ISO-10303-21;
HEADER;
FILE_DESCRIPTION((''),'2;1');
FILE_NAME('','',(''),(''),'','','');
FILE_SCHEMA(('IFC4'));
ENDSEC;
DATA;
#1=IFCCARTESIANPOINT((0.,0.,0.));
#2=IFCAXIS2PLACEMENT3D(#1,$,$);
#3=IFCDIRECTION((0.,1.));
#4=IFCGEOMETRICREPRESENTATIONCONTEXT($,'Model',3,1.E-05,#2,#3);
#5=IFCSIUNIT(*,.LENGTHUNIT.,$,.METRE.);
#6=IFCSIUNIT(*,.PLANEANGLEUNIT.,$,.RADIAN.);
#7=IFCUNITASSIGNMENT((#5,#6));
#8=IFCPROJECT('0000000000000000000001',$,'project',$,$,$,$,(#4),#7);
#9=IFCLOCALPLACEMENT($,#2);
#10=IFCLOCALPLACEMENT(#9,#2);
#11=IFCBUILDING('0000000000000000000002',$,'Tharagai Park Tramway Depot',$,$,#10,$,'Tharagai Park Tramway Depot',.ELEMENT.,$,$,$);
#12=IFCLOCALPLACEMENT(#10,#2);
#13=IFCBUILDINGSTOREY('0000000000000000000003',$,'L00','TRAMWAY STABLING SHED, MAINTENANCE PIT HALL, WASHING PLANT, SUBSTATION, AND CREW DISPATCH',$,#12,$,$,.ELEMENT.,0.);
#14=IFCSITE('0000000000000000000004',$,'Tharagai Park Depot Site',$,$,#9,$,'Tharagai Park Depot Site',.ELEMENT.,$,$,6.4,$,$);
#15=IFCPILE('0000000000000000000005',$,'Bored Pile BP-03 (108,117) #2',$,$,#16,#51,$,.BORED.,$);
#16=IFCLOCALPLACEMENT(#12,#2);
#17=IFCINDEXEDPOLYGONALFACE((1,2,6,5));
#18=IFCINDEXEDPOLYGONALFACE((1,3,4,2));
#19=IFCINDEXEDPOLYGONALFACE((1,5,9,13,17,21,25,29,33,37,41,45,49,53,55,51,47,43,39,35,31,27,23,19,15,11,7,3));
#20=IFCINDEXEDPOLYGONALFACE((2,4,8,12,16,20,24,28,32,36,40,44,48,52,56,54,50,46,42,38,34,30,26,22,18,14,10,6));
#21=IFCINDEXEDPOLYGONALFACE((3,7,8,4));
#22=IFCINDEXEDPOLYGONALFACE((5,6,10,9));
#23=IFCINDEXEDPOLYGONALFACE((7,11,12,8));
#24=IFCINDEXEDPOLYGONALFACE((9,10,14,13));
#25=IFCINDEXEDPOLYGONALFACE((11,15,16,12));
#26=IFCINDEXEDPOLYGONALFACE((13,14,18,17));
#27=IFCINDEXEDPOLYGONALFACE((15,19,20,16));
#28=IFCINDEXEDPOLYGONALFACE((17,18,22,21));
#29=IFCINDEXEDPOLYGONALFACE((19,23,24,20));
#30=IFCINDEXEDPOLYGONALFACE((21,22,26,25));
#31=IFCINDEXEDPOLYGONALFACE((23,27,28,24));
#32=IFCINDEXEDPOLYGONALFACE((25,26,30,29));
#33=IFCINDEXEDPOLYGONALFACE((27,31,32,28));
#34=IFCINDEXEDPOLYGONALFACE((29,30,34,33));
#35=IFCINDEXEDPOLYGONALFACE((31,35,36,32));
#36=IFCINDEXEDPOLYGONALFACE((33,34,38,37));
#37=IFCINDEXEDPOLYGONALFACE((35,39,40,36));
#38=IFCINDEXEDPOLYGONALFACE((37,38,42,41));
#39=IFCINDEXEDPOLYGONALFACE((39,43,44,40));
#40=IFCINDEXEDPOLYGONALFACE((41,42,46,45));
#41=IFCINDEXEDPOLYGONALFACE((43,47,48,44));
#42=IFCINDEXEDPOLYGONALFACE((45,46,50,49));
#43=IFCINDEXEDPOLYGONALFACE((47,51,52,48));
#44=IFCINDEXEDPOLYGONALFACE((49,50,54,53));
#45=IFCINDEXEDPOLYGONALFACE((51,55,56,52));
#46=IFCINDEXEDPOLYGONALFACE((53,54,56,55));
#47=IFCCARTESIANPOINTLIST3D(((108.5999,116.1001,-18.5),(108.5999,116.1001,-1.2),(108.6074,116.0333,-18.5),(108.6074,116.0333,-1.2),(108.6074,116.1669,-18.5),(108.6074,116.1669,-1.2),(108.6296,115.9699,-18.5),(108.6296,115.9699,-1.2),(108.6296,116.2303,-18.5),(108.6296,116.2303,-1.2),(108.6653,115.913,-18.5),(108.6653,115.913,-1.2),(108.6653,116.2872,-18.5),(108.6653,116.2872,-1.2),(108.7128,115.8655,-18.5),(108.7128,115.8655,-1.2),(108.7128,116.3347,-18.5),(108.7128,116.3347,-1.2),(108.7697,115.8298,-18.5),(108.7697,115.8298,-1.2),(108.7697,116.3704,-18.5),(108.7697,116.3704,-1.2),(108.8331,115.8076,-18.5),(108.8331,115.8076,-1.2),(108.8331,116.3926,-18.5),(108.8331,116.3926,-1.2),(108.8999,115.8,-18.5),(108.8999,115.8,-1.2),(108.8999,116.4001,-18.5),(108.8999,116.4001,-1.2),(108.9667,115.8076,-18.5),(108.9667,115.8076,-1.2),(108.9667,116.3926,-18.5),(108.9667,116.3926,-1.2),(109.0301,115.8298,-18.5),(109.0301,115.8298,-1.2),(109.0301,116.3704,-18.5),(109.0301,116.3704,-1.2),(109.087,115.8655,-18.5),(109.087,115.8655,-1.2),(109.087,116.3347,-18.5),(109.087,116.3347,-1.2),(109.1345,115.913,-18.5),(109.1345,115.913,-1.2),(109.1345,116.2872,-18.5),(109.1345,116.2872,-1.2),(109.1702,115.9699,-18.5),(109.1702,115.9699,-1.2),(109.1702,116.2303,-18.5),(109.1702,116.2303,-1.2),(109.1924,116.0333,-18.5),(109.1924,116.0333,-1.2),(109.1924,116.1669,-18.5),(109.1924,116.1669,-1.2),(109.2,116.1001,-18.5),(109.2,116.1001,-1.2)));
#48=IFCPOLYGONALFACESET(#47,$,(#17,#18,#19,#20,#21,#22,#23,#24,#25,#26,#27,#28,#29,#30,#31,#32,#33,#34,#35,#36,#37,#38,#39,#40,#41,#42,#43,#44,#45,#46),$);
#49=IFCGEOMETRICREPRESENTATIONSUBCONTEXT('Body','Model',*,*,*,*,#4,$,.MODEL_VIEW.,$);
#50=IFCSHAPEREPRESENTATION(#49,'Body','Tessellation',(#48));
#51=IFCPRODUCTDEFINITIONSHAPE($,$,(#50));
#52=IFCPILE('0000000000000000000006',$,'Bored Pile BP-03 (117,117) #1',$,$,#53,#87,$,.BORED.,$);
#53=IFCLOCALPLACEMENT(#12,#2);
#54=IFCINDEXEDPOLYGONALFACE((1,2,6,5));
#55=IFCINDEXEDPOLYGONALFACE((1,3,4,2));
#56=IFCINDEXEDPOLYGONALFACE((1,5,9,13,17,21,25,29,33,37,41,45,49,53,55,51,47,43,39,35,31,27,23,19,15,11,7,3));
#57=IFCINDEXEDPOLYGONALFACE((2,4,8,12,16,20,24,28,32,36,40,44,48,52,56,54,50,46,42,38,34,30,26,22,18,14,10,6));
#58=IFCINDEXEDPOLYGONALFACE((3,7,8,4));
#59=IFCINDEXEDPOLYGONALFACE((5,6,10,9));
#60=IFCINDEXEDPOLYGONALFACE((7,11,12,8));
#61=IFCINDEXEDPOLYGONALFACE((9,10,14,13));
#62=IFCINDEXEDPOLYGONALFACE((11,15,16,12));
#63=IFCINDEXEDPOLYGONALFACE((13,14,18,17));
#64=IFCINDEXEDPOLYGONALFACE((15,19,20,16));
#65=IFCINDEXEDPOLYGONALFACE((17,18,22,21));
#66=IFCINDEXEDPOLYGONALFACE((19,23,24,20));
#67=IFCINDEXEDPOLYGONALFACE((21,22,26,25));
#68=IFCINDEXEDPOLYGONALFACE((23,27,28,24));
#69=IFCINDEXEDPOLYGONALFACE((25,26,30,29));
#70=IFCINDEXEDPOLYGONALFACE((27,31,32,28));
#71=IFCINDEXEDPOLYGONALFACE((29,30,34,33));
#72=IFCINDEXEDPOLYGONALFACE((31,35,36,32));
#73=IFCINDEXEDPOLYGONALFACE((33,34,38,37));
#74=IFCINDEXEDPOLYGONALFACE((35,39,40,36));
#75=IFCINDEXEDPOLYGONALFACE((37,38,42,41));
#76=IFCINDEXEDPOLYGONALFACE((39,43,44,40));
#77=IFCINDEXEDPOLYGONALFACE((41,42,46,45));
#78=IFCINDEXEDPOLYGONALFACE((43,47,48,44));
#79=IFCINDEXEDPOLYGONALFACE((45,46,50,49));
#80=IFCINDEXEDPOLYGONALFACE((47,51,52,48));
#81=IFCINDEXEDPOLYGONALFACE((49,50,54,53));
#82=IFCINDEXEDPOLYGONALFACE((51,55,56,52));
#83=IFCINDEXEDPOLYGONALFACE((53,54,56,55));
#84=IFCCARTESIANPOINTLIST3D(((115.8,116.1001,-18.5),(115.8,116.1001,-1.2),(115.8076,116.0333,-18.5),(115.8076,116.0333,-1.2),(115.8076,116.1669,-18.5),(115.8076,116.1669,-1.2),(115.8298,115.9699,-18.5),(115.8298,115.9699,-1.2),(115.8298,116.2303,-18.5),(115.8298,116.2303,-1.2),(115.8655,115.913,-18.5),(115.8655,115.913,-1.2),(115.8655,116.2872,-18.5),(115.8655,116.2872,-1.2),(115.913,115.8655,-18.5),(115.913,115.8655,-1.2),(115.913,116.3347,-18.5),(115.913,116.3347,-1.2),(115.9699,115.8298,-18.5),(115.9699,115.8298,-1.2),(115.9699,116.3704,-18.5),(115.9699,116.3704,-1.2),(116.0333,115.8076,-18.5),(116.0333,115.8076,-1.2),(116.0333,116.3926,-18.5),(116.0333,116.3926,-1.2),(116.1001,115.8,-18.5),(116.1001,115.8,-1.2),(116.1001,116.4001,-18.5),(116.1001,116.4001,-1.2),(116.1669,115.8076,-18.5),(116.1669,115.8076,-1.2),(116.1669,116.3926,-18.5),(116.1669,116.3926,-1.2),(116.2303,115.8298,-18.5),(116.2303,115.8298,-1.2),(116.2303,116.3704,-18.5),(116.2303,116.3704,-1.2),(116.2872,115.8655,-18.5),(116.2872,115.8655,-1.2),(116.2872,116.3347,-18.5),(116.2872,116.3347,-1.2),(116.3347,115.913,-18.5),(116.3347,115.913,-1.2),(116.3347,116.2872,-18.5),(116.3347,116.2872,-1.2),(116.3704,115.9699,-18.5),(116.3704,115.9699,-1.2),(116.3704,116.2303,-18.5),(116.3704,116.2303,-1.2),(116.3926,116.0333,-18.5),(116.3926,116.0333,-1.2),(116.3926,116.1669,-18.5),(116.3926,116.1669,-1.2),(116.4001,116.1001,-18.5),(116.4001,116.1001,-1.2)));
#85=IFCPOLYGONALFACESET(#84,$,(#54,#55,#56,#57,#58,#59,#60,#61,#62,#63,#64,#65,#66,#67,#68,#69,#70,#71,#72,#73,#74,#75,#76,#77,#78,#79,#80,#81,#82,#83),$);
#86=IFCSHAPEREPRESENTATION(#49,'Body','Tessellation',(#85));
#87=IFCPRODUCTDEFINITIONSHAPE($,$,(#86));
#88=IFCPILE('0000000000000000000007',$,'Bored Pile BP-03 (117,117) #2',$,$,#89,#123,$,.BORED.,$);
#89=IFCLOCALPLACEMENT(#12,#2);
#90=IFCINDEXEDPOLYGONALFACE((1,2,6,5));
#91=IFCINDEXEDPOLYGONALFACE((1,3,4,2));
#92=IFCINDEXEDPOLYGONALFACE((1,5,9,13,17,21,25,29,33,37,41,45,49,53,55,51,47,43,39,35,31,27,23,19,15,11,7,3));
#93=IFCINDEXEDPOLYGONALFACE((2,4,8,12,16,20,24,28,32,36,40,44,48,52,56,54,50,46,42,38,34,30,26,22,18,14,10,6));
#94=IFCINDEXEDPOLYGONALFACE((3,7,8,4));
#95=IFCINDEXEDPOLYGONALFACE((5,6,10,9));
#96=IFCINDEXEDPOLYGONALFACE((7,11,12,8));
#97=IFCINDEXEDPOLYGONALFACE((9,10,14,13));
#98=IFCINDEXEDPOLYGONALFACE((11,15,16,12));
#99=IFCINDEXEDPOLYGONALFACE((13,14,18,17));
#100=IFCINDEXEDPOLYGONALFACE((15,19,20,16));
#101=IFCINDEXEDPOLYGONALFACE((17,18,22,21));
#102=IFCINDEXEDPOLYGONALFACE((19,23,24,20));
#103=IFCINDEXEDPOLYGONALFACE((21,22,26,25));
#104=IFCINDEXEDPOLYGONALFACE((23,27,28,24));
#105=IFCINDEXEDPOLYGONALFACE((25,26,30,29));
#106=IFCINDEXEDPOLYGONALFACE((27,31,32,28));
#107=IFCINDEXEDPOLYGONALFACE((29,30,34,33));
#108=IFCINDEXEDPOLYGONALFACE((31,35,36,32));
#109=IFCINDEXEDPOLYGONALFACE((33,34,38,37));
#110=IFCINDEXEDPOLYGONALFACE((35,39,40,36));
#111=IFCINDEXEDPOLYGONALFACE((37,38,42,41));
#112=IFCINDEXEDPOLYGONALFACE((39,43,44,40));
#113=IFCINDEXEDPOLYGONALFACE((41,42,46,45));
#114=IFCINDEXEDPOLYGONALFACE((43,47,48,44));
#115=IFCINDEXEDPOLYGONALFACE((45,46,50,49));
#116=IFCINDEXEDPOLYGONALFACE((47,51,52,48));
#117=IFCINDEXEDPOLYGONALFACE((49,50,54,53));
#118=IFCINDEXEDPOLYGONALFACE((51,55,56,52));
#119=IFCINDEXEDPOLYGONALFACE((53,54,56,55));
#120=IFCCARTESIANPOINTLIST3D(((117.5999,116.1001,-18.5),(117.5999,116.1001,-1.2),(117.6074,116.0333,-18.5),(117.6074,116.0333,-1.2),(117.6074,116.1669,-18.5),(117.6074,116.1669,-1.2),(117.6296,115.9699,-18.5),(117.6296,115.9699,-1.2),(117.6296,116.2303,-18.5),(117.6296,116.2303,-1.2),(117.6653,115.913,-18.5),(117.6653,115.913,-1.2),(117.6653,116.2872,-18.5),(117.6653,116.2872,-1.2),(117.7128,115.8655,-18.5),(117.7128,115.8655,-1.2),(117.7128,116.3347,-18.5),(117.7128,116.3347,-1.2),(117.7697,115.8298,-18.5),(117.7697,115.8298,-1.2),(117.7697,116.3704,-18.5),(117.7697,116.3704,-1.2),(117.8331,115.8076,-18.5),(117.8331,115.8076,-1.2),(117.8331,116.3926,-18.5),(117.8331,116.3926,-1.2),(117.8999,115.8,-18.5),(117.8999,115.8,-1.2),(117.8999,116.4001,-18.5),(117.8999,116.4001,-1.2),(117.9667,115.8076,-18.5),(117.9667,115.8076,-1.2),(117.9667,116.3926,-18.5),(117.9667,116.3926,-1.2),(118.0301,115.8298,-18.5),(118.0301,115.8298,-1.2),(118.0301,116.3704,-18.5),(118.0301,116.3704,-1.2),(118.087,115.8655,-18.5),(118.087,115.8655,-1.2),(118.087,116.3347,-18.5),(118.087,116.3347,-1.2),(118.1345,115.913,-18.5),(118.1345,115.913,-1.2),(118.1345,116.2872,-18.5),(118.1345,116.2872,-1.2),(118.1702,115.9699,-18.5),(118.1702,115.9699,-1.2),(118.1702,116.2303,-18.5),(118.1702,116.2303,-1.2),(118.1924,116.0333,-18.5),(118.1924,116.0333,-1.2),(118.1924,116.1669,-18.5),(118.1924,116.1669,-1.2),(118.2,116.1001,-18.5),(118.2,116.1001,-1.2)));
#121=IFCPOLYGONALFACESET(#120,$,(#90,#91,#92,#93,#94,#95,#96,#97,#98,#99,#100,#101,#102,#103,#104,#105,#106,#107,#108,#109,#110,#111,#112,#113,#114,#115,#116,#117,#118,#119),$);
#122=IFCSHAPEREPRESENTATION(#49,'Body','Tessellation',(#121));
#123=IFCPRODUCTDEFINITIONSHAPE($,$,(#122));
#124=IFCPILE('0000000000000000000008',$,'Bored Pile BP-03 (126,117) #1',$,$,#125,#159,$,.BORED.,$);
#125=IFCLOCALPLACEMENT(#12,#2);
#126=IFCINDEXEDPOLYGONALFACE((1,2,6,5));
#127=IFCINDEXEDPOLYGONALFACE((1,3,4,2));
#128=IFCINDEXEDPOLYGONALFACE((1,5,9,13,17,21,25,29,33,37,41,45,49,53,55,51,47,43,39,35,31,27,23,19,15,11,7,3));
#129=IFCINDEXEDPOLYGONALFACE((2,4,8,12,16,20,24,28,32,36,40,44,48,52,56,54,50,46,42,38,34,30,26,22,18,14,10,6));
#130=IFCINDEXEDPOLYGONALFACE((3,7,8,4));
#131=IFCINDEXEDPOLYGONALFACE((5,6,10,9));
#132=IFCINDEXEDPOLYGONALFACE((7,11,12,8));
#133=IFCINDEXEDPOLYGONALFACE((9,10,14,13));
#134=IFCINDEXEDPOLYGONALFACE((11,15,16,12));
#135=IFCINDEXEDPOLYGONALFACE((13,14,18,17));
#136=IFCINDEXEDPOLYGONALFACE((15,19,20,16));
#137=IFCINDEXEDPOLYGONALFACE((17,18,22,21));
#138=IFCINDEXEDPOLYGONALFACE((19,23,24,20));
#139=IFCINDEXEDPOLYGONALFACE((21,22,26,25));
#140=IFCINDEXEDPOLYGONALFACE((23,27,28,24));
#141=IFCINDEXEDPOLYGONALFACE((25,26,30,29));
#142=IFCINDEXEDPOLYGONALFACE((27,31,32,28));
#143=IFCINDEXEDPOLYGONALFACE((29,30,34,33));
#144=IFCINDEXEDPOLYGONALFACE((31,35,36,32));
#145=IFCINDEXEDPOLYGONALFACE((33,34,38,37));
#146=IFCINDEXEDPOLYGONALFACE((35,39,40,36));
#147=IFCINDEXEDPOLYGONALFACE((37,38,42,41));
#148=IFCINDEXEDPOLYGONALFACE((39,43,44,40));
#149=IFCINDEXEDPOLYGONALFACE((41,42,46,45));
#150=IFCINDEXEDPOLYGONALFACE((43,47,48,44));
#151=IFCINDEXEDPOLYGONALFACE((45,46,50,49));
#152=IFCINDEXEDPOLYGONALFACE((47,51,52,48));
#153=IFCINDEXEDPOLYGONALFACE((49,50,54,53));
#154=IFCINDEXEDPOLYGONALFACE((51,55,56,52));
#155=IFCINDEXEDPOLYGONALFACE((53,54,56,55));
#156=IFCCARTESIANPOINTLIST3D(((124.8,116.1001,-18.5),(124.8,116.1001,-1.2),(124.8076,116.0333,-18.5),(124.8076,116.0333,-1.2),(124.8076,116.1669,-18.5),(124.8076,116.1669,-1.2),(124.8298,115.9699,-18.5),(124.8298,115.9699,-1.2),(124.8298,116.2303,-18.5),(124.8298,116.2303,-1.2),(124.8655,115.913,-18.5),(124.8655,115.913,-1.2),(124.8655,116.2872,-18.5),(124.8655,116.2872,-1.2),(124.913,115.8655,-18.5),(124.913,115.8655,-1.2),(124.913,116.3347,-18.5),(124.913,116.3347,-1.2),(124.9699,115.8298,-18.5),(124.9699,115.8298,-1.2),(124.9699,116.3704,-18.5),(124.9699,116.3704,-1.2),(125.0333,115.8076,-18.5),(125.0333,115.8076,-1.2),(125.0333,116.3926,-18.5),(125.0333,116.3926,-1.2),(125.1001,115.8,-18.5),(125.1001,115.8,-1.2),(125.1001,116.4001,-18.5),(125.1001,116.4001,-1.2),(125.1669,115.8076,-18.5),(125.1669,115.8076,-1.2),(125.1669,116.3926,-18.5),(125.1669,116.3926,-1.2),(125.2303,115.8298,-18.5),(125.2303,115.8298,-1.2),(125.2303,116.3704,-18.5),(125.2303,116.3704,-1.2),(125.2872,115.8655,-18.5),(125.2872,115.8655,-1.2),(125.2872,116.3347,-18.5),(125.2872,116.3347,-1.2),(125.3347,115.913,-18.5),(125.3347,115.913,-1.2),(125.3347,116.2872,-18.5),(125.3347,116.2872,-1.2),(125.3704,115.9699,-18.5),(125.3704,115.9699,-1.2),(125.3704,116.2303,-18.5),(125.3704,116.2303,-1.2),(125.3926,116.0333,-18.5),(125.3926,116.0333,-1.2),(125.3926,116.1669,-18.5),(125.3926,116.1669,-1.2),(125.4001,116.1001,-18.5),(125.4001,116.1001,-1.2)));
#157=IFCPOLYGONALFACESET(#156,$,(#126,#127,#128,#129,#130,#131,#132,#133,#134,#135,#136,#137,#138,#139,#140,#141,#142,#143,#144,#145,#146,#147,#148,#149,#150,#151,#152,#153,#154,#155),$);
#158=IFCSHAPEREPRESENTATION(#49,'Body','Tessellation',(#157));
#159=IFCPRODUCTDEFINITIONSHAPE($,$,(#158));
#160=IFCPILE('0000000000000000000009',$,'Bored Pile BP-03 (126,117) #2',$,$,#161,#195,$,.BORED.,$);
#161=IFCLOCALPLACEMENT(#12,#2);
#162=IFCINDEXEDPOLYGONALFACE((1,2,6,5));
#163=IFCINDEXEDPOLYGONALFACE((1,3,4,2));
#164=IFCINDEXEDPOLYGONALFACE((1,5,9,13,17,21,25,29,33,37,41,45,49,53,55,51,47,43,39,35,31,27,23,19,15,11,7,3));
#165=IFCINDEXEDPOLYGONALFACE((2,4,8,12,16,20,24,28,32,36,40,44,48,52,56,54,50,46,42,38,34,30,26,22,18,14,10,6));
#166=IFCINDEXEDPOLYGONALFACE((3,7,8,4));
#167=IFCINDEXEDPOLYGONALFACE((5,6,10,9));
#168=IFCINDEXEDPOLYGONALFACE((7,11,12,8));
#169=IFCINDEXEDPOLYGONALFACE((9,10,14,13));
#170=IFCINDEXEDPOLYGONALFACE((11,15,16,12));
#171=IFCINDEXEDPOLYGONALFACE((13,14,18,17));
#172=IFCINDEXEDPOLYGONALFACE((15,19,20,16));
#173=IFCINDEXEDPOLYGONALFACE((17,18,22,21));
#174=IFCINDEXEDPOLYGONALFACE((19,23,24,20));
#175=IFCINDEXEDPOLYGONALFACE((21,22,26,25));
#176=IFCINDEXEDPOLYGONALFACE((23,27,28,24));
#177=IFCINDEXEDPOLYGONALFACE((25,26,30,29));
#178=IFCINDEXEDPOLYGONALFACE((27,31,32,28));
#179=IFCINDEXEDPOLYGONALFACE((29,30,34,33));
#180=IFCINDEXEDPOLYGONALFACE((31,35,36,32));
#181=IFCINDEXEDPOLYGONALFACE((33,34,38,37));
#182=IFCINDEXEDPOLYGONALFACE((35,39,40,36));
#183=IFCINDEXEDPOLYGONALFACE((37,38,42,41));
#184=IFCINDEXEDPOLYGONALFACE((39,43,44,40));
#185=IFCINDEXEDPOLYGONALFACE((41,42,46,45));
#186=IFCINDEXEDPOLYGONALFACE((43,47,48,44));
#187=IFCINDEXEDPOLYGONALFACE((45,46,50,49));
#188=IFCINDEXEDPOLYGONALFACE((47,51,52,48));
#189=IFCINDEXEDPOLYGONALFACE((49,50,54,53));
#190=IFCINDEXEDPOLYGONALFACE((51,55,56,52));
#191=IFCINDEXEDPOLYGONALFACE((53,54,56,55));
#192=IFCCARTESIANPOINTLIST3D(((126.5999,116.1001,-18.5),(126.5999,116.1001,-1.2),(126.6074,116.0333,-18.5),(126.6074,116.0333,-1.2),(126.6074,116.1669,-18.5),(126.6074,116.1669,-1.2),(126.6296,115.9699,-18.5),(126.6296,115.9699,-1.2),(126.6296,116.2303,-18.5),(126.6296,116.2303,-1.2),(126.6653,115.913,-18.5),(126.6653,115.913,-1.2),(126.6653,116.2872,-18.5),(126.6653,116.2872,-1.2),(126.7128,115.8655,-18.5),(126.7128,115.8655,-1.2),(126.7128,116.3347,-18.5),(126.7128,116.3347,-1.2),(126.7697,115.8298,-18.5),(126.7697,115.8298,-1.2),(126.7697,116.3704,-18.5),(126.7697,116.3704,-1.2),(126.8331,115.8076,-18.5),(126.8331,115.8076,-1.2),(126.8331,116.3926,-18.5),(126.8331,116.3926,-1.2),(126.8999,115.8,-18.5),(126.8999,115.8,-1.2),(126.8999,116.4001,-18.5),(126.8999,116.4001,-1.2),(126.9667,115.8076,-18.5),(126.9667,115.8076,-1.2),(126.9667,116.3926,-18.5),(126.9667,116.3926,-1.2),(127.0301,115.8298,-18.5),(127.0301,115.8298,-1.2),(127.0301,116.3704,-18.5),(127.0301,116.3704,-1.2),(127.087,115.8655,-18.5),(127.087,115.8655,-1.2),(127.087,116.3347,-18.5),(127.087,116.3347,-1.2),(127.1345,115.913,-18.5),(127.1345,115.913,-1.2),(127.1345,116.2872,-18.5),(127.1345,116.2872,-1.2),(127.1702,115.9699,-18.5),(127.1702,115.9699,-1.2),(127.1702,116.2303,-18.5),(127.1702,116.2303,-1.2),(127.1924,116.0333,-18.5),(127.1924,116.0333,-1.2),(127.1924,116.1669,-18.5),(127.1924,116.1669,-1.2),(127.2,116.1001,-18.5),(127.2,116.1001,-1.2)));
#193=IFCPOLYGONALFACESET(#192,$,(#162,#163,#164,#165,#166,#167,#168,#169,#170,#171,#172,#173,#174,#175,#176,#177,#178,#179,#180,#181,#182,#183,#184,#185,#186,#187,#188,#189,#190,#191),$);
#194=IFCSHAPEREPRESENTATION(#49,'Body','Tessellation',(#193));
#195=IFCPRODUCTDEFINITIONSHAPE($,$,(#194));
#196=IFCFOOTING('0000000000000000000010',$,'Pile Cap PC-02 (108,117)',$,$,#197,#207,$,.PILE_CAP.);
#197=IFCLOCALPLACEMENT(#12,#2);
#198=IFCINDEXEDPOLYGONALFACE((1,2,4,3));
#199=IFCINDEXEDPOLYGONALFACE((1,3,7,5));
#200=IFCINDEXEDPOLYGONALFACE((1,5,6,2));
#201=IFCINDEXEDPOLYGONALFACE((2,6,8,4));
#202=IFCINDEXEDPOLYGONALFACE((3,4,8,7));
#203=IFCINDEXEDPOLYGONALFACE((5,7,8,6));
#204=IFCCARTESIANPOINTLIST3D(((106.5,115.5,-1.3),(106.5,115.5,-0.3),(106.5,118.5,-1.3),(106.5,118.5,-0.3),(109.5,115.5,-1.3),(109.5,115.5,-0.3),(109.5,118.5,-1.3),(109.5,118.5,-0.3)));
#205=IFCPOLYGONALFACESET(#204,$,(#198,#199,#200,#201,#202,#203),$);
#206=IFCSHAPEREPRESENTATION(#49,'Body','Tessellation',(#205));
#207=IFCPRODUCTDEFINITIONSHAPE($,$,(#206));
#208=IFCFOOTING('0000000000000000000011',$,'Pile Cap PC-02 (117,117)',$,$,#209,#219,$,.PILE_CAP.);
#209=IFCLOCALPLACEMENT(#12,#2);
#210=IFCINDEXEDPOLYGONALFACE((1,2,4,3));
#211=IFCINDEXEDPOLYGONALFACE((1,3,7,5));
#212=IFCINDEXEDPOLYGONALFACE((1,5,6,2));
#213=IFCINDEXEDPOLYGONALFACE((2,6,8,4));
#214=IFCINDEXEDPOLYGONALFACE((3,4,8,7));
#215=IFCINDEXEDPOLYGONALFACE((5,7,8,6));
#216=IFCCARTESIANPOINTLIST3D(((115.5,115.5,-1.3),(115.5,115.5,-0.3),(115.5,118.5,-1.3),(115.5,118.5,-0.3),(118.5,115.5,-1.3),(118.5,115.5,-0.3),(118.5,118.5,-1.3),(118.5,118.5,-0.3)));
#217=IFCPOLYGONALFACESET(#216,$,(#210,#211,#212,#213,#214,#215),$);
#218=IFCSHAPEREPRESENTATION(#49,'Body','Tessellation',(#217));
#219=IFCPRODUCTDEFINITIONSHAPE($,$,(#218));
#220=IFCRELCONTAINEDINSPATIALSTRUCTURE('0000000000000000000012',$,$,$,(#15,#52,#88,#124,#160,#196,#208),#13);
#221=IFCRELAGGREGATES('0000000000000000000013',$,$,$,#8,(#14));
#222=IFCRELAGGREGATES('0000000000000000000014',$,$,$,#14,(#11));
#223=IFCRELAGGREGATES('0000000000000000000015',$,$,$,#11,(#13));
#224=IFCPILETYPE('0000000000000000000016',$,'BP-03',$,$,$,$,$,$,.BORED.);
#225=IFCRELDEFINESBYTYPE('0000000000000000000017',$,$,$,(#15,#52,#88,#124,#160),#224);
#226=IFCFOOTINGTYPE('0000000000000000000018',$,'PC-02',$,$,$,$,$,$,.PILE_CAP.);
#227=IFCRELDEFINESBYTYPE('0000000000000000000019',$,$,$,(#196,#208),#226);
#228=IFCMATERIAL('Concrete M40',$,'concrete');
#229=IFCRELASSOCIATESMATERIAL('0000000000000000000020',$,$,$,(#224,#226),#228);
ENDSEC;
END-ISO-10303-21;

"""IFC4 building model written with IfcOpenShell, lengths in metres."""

from ifc_helpers import new_model, si_unit, direction, frame, origin, origin_2d, place, context, subcontext, project, spatial, rectangle, circle, extrude, material, material_profile, profile_set, type_object, element, save


model = new_model("IFC4")

# Units and contexts
model_context = context("Model", 3, precision=1e-05, world=origin(), true_north=direction((0.0, 1.0)))
body_context = subcontext(model_context, "Body", "Model", "MODEL_VIEW")
ifc_project = project(units=[si_unit("LENGTHUNIT", "METRE"), si_unit("PLANEANGLEUNIT", "RADIAN")], contexts=[model_context])

# Site, building, storey
site_placement = place(None, origin())
site = spatial("IfcSite", under=ifc_project, at=site_placement, Name="Tharagai Park Depot Site", LongName="Tharagai Park Depot Site", CompositionType="ELEMENT", RefElevation=6.4)
building_placement = place(site_placement, origin())
building = spatial("IfcBuilding", under=site, at=building_placement, Name="Tharagai Park Tramway Depot", LongName="Tharagai Park Tramway Depot", CompositionType="ELEMENT")
storey_placement = place(building_placement, origin())
storey = spatial("IfcBuildingStorey", under=building, at=storey_placement, Name="L00", Description="TRAMWAY STABLING SHED, MAINTENANCE PIT HALL, WASHING PLANT, SUBSTATION, AND CREW DISPATCH", CompositionType="ELEMENT", Elevation=0.0)

# Piles
ifc_material_1 = material(Name="Concrete M40", Category="concrete")
ifc_material_profile_1 = material_profile(ifc_material_1, circle(Radius=0.3, at=origin_2d()), Name="PILE D600")
ifc_profile_set_1 = profile_set([ifc_material_profile_1], Name="Concrete M40")
pile_type_1 = type_object("IfcPileType", Name="BP-03", PredefinedType="BORED", material=ifc_profile_set_1)
for number, where, z_axis, x_axis, name in (
    (1, (108.8999, 116.1001, -1.2), (0.0, 0.0, -1.0), (1.0, 0.0, 0.0), "Bored Pile BP-03 (108,117) #2"),
    (2, (116.1001, 116.1001, -1.2), (0.0, 0.0, -1.0), (1.0, 0.0, 0.0), "Bored Pile BP-03 (117,117) #1"),
    (3, (117.8999, 116.1001, -1.2), (0.0, 0.0, -1.0), (1.0, 0.0, 0.0), "Bored Pile BP-03 (117,117) #2"),
    (4, (125.1001, 116.1001, -1.2), (0.0, 0.0, -1.0), (1.0, 0.0, 0.0), "Bored Pile BP-03 (126,117) #1"),
    (5, (126.8999, 116.1001, -1.2), (0.0, 0.0, -1.0), (1.0, 0.0, 0.0), "Bored Pile BP-03 (126,117) #2"),
):
    element("IfcPile", number, at=place(storey_placement, frame(where, z_axis=z_axis, x_axis=x_axis)), inside=storey, type_object=pile_type_1, Name=name, PredefinedType="BORED", context=body_context, shape_type="SweptSolid", body=[
        extrude(circle(Radius=0.3, at=origin_2d()), origin(), (0.0, 0.0, 1.0), 17.3),
    ])

# Footings
footing_type_1 = type_object("IfcFootingType", Name="PC-02", PredefinedType="PILE_CAP", material=ifc_material_1)
for number, where, z_axis, x_axis, name in (
    (6, (108.0, 117.0, -1.3), (0.0, 0.0, 1.0), (1.0, 0.0, 0.0), "Pile Cap PC-02 (108,117)"),
    (7, (117.0, 117.0, -1.3), (0.0, 0.0, 1.0), (1.0, 0.0, 0.0), "Pile Cap PC-02 (117,117)"),
):
    element("IfcFooting", number, at=place(storey_placement, frame(where, z_axis=z_axis, x_axis=x_axis)), inside=storey, type_object=footing_type_1, Name=name, PredefinedType="PILE_CAP", context=body_context, shape_type="SweptSolid", body=[
        extrude(rectangle(XDim=3.0, YDim=3.0, at=origin_2d()), origin(), (0.0, 0.0, 1.0), 1.0),
    ])

save(model, "model.ifc")
